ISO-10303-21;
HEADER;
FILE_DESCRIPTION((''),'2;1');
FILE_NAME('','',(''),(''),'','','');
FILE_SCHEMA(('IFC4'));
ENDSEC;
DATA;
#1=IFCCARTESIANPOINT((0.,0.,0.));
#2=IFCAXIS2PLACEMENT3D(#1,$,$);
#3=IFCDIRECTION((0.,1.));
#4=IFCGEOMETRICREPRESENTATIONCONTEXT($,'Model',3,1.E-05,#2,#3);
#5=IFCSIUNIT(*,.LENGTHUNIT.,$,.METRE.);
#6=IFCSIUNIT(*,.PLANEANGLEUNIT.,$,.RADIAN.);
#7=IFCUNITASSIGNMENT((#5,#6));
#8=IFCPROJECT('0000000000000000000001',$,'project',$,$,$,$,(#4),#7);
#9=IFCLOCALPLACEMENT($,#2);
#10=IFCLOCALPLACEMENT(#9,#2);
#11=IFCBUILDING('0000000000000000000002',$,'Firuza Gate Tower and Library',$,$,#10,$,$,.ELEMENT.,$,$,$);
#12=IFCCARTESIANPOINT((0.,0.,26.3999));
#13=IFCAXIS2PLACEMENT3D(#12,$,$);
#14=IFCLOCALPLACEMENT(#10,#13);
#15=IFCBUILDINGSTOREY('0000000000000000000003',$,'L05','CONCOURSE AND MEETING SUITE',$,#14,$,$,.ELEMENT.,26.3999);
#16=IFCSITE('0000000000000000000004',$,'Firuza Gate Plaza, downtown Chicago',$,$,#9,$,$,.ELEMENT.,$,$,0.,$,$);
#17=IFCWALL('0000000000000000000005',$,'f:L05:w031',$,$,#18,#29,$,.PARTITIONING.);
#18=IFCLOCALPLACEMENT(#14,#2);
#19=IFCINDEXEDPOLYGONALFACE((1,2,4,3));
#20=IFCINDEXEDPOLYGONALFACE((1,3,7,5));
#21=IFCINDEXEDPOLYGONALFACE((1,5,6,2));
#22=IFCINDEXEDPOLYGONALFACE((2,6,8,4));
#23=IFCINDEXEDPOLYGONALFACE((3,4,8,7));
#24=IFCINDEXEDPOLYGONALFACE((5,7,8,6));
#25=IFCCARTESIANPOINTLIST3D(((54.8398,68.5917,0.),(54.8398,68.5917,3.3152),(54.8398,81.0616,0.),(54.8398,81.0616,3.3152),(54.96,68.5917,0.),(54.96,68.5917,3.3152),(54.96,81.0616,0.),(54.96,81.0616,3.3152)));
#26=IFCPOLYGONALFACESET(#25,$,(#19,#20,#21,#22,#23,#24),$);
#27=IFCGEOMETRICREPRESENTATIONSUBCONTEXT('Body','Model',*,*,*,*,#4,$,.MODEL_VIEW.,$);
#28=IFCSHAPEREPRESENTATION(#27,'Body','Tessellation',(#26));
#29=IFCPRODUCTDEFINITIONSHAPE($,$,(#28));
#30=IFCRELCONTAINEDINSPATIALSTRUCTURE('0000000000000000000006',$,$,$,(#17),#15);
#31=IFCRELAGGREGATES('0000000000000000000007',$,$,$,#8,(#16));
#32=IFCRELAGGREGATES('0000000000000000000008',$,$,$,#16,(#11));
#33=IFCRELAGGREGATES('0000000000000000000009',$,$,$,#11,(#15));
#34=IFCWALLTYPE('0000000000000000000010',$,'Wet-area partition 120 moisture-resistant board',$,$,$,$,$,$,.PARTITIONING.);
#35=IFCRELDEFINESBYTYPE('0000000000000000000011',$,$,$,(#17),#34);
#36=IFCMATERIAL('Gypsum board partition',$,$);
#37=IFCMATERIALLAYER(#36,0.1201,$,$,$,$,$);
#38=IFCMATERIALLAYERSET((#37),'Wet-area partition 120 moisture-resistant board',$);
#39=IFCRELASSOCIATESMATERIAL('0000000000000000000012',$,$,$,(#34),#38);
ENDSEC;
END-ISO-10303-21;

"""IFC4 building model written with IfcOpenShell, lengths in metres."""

from ifc_helpers import new_model, si_unit, direction, frame, frame_2d, origin, place, context, subcontext, project, spatial, rectangle, extrude, material, layer, layer_set, type_object, element, save


model = new_model("IFC4")

# Units and contexts
model_context = context("Model", 3, precision=1e-05, world=origin(), true_north=direction((0.0, 1.0)))
body_context = subcontext(model_context, "Body", "Model", "MODEL_VIEW")
ifc_project = project(units=[si_unit("LENGTHUNIT", "METRE"), si_unit("PLANEANGLEUNIT", "RADIAN")], contexts=[model_context])

# Site, building, storey
site_placement = place(None, origin())
site = spatial("IfcSite", under=ifc_project, at=site_placement, Name="Firuza Gate Plaza, downtown Chicago", CompositionType="ELEMENT", RefElevation=0.0)
building_placement = place(site_placement, origin())
building = spatial("IfcBuilding", under=site, at=building_placement, Name="Firuza Gate Tower and Library", CompositionType="ELEMENT")
storey_placement = place(building_placement, frame((0.0, 0.0, 26.3999)))
storey = spatial("IfcBuildingStorey", under=building, at=storey_placement, Name="L05", Description="CONCOURSE AND MEETING SUITE", CompositionType="ELEMENT", Elevation=26.3999)

# Shared definitions
ifc_material_1 = material(Name="Gypsum board partition")
ifc_layer_1 = layer(ifc_material_1, 0.1201)
ifc_layer_set_1 = layer_set([ifc_layer_1], Name="Wet-area partition 120 moisture-resistant board")
wall_type_1 = type_object("IfcWallType", Name="Wet-area partition 120 moisture-resistant board", PredefinedType="PARTITIONING", material=ifc_layer_set_1)

# Wall
wall_1_placement = place(storey_placement, frame((54.8999, 68.5918, 0.0), z_axis=(0.0, 0.0, 1.0), x_axis=(0.0, 1.0, 0.0)))
element("IfcWall", 1, at=wall_1_placement, inside=storey, type_object=wall_type_1, Name="f:L05:w031", PredefinedType="PARTITIONING", context=body_context, shape_type="SweptSolid", body=[
    extrude(rectangle(XDim=12.47, YDim=0.1201, at=frame_2d((6.2349, 0.0))), origin(), (0.0, 0.0, 1.0), 3.3152),
])

save(model, "model.ifc")
